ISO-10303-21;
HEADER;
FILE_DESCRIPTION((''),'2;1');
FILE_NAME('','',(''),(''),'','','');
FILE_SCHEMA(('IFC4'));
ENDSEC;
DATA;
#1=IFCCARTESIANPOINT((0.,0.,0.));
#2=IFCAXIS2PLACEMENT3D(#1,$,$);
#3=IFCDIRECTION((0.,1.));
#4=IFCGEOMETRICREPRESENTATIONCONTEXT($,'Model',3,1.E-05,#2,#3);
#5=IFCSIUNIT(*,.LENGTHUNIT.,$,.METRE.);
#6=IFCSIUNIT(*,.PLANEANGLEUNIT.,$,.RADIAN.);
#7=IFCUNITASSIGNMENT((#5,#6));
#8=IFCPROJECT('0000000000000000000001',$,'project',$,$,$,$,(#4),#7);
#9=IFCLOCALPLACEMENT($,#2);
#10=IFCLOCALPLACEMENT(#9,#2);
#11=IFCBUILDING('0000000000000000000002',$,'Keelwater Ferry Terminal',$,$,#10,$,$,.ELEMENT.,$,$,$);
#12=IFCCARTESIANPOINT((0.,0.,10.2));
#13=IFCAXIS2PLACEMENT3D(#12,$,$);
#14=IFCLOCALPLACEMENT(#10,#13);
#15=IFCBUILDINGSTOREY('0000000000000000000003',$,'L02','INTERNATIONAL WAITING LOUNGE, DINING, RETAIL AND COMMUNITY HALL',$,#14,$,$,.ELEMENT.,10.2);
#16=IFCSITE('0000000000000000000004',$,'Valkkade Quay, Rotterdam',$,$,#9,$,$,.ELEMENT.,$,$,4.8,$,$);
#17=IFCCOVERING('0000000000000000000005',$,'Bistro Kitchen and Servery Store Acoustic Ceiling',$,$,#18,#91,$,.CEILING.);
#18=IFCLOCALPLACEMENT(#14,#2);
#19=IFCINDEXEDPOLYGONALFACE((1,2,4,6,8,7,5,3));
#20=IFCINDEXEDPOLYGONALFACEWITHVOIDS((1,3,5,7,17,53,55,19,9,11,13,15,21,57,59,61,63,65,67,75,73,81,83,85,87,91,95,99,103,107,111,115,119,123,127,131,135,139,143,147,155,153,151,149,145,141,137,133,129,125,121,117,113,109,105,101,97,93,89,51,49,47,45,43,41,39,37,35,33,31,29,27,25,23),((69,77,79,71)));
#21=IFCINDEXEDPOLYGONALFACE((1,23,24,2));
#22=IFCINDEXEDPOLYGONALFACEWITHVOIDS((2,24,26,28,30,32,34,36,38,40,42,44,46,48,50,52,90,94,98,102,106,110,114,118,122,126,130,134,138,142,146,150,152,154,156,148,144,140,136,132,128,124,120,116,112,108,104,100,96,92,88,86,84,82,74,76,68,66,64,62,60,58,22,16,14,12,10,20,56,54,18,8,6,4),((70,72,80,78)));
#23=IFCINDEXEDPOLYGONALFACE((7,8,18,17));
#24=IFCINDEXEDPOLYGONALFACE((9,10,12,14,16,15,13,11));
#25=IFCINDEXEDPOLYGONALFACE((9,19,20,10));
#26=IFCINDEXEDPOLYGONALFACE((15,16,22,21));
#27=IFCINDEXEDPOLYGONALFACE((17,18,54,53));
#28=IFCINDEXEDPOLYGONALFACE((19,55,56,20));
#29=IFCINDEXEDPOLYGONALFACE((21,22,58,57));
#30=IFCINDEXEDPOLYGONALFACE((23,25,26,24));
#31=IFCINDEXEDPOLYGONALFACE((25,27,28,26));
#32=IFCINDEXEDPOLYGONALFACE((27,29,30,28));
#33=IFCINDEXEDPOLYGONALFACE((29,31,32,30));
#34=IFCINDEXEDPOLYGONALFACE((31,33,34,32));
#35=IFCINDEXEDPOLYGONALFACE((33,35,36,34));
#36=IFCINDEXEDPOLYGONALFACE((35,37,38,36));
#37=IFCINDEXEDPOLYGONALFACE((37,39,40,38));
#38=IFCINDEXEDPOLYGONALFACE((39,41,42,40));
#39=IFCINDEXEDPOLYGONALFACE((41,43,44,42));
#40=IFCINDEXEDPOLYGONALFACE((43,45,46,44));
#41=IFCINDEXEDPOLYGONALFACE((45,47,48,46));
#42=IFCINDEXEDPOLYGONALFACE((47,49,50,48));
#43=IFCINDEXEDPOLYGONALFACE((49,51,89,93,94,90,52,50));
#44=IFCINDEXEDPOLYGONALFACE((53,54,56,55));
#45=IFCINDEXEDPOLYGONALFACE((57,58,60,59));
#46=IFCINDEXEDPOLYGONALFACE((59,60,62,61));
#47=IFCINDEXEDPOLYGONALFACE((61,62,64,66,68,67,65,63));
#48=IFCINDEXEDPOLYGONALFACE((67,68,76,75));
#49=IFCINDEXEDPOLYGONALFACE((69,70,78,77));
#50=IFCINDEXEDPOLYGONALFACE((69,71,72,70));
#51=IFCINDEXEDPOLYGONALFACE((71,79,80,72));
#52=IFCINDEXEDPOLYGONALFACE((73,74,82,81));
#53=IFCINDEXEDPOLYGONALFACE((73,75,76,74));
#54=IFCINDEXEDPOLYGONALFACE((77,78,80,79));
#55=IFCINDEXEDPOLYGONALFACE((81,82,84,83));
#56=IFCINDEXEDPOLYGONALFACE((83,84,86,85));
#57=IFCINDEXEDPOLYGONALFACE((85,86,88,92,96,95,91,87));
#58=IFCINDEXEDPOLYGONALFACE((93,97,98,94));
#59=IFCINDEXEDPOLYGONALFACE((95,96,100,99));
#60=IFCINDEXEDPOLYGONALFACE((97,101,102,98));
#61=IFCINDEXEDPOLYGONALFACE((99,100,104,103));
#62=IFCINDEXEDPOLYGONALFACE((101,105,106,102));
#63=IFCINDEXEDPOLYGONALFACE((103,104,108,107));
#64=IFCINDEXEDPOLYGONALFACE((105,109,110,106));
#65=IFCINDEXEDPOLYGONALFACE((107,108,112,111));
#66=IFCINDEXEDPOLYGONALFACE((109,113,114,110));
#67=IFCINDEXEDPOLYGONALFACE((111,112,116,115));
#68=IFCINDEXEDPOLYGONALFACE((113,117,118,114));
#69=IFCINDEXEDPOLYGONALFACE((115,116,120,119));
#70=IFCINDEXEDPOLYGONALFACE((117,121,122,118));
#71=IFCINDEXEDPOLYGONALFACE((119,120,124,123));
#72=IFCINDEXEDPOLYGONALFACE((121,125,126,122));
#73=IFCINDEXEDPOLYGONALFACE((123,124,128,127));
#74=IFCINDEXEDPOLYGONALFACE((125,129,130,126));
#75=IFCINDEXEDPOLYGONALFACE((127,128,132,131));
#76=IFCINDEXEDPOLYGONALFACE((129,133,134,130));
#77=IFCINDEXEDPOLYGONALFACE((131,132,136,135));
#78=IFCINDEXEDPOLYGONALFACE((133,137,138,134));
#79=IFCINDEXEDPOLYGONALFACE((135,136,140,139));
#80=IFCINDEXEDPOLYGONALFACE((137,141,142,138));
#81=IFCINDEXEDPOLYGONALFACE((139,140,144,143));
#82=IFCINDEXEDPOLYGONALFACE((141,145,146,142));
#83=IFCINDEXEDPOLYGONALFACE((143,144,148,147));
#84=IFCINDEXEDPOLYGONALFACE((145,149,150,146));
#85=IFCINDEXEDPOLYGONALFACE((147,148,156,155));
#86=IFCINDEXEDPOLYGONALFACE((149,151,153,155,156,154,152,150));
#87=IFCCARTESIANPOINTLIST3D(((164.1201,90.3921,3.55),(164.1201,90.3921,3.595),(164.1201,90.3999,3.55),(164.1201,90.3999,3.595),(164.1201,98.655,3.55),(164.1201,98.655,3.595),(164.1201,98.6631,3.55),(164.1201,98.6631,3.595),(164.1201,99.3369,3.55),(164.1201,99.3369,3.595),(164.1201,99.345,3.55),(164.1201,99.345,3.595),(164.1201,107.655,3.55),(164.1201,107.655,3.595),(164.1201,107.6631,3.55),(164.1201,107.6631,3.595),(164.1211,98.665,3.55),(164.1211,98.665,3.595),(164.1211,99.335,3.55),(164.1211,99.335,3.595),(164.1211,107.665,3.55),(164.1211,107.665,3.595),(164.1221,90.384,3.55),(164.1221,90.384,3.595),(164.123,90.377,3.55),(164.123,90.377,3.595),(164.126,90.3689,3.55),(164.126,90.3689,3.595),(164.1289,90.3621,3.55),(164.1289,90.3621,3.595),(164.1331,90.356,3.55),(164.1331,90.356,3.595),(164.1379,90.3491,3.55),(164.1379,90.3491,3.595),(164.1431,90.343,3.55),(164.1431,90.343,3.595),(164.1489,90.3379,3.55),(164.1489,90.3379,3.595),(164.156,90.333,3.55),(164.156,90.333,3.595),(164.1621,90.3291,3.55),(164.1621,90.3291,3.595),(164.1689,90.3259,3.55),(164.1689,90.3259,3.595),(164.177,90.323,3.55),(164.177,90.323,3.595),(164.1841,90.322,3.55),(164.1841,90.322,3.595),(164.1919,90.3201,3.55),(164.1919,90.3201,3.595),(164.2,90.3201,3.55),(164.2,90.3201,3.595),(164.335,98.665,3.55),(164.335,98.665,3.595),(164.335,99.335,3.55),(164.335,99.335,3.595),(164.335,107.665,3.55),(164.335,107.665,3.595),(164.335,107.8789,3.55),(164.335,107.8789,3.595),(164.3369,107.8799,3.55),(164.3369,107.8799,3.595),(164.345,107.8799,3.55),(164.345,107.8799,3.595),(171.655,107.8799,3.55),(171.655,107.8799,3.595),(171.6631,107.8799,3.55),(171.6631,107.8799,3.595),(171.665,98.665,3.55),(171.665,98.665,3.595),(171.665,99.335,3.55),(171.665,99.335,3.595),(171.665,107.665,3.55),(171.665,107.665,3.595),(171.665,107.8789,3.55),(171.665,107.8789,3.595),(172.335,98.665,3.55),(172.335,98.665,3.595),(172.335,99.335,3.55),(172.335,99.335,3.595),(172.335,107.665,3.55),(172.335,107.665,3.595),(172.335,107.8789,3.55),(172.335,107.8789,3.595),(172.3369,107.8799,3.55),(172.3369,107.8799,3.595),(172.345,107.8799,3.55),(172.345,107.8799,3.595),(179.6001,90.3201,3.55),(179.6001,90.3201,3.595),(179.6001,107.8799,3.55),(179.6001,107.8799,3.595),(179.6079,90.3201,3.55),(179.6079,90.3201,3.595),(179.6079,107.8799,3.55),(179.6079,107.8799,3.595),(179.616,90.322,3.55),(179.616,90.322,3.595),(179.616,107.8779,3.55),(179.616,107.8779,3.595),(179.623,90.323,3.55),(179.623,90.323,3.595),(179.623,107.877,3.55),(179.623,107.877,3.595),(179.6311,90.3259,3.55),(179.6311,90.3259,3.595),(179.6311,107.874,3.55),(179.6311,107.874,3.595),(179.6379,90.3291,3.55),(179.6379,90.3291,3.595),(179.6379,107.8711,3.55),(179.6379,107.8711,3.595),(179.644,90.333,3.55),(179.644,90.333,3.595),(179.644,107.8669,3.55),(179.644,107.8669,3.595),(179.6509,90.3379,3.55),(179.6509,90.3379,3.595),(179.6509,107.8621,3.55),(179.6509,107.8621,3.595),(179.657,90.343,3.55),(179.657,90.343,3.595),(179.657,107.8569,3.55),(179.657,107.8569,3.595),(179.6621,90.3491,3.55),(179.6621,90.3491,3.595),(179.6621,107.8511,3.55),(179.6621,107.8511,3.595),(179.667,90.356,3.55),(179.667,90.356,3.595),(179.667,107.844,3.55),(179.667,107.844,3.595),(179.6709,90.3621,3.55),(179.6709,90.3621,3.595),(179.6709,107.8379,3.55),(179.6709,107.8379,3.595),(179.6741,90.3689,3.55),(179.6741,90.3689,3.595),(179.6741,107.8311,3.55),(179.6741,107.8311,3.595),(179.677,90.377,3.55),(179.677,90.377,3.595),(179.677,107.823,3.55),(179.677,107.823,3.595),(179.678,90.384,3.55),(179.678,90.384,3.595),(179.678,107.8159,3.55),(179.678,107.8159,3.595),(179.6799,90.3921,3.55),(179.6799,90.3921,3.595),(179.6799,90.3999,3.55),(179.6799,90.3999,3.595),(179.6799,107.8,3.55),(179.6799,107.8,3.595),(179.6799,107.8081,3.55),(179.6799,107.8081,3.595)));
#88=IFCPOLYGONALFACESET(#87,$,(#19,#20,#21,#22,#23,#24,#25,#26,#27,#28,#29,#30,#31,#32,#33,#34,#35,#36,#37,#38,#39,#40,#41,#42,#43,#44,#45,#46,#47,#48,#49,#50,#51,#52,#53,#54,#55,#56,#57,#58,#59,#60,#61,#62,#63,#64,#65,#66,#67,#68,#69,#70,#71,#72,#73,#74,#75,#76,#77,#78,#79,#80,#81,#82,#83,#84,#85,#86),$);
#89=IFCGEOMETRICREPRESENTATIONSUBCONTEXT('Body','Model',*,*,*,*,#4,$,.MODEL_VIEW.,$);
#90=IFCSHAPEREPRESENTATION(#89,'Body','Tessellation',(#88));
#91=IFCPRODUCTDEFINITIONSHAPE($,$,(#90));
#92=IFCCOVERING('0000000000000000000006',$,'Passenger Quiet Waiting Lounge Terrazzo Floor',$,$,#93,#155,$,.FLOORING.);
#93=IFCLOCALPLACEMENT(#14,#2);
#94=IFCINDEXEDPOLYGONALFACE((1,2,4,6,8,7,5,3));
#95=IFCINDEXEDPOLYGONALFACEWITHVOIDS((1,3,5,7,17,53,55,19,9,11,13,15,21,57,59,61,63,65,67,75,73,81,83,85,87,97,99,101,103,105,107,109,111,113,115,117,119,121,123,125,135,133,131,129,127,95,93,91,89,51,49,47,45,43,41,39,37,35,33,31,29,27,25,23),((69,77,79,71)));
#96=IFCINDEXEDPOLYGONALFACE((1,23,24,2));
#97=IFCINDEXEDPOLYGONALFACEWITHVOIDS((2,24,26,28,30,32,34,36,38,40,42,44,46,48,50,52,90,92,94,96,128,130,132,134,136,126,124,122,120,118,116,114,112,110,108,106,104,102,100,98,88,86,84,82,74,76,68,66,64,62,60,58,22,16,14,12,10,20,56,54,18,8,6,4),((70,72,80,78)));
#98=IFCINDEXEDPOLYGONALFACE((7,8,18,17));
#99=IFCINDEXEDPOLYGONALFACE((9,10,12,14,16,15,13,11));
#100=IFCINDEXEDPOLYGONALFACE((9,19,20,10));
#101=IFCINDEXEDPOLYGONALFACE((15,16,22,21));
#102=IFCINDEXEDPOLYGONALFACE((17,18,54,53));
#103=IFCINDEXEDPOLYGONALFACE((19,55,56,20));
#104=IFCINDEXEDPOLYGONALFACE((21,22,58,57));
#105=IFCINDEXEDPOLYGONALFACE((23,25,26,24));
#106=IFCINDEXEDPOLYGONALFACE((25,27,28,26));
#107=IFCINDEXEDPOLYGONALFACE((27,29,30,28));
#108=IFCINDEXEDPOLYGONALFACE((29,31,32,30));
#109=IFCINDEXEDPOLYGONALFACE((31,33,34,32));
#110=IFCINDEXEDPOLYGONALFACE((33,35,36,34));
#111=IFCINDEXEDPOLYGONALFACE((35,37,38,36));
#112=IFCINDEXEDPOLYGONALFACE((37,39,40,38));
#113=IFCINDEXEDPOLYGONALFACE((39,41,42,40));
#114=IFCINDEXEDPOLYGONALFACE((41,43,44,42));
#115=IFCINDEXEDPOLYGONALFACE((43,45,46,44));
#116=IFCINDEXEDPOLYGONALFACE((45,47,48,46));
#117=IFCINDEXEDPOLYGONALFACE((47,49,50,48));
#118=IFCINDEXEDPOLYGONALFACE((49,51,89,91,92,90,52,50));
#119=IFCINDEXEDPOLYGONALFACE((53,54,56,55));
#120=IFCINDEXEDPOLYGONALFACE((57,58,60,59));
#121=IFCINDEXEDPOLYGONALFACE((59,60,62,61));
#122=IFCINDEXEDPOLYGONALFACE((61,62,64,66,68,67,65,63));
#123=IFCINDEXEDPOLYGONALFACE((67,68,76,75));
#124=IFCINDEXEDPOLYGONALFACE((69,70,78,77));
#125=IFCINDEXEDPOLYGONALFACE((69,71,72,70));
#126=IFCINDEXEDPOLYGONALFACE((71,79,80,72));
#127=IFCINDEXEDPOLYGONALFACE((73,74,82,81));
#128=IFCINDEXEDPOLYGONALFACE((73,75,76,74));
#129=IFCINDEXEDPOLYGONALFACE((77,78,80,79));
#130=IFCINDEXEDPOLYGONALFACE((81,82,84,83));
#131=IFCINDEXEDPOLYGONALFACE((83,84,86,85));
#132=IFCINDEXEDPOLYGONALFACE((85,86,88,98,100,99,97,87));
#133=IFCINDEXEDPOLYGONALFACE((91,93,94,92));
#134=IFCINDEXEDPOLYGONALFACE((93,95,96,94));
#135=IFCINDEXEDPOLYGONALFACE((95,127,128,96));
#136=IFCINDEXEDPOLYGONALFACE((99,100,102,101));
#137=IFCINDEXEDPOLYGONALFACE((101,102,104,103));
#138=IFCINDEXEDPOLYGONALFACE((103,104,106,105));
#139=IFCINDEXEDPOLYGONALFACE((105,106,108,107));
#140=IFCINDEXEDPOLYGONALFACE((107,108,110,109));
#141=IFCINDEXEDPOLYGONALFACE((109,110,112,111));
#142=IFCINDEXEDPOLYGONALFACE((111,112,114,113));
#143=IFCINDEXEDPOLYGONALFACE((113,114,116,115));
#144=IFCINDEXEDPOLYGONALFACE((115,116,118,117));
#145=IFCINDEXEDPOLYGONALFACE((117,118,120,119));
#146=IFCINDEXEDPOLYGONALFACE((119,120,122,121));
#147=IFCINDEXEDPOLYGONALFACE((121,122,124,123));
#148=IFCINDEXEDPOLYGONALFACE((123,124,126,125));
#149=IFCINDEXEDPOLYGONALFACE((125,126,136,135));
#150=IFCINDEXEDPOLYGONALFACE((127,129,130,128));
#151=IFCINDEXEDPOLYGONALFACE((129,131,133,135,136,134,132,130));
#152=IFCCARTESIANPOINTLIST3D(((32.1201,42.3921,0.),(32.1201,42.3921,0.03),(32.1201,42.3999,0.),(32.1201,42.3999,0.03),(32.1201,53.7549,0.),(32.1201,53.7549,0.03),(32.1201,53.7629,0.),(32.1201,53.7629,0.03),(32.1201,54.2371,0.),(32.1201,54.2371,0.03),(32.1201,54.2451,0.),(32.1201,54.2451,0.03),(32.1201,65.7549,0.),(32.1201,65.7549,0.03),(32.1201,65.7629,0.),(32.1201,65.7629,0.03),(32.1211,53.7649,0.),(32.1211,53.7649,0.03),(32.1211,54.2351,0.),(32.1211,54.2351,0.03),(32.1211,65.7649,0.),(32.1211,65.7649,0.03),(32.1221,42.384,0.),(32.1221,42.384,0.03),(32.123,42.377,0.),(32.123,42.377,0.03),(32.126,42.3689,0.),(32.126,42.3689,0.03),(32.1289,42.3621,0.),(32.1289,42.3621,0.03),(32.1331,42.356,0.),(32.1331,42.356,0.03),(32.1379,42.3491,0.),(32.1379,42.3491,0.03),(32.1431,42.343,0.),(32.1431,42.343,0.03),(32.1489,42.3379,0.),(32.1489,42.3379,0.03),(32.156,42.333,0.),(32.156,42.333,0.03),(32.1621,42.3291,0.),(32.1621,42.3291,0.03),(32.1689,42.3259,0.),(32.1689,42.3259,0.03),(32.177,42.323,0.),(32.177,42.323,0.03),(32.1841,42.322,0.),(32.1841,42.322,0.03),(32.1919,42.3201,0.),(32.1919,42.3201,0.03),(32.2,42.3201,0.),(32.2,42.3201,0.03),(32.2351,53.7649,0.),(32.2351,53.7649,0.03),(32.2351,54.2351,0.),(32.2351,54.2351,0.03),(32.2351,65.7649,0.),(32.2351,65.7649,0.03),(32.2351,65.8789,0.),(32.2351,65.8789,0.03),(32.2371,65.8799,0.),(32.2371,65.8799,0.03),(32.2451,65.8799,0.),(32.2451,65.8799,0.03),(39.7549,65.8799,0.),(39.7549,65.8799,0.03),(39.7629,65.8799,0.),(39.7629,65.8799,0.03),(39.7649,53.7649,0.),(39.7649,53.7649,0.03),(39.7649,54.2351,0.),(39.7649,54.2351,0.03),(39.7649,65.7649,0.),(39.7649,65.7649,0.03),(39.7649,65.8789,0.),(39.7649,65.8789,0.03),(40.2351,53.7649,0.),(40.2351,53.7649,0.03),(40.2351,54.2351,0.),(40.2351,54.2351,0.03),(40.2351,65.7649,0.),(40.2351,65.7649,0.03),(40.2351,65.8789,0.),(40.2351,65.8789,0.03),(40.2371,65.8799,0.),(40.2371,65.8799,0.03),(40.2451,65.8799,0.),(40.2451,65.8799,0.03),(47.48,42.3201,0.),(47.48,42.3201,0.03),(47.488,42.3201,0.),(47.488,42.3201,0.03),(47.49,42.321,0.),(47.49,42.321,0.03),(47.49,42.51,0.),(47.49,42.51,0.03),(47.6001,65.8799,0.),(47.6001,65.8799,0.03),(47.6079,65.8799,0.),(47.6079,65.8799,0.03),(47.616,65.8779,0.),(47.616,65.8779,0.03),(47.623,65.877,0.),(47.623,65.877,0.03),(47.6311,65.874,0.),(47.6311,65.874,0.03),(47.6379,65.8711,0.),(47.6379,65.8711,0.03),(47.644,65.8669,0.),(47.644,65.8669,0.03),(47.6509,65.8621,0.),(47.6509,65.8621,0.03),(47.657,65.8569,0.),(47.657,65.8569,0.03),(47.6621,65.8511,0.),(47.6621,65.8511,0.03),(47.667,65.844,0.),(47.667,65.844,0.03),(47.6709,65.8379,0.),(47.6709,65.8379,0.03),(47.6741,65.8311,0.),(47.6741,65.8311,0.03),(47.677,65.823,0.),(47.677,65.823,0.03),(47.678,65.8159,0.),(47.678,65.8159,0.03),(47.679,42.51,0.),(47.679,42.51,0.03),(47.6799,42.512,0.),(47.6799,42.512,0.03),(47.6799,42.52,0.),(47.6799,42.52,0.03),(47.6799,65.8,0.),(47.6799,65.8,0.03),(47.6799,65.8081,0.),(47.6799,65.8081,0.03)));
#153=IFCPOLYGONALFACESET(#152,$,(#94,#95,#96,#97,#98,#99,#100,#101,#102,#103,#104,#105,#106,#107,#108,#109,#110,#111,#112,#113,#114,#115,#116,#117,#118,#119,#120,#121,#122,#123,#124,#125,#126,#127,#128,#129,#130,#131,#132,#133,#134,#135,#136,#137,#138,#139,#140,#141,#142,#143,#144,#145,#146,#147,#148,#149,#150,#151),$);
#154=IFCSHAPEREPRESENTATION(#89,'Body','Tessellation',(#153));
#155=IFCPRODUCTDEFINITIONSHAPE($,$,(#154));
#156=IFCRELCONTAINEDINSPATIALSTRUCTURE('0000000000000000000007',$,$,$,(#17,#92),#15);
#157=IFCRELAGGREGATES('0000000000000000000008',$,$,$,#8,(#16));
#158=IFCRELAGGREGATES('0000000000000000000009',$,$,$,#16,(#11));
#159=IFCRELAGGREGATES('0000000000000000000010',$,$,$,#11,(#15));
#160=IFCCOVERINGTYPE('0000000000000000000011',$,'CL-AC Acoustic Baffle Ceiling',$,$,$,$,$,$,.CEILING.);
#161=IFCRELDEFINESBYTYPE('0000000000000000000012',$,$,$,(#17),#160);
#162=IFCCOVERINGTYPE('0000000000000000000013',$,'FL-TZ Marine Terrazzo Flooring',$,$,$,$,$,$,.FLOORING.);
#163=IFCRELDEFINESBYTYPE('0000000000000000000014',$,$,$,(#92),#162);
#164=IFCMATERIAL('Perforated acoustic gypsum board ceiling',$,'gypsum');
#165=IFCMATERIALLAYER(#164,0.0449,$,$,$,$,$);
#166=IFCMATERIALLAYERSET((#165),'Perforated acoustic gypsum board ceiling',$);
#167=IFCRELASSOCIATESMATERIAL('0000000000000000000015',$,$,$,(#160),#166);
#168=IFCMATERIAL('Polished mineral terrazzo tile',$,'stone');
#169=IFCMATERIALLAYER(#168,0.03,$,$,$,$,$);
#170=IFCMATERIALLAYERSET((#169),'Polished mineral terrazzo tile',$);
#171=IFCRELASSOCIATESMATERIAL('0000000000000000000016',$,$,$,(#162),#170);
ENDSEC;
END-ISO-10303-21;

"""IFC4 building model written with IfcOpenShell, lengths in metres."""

from ifc_helpers import new_model, si_unit, direction, frame, origin, place, context, subcontext, project, spatial, polyline, outline, extrude, material, layer, layer_set, type_object, element, save


model = new_model("IFC4")

# Units and contexts
model_context = context("Model", 3, precision=1e-05, world=origin(), true_north=direction((0.0, 1.0)))
body_context = subcontext(model_context, "Body", "Model", "MODEL_VIEW")
ifc_project = project(units=[si_unit("LENGTHUNIT", "METRE"), si_unit("PLANEANGLEUNIT", "RADIAN")], contexts=[model_context])

# Site, building, storey
site_placement = place(None, origin())
site = spatial("IfcSite", under=ifc_project, at=site_placement, Name="Valkkade Quay, Rotterdam", CompositionType="ELEMENT", RefElevation=4.8)
building_placement = place(site_placement, origin())
building = spatial("IfcBuilding", under=site, at=building_placement, Name="Keelwater Ferry Terminal", CompositionType="ELEMENT")
storey_placement = place(building_placement, frame((0.0, 0.0, 10.2)))
storey = spatial("IfcBuildingStorey", under=building, at=storey_placement, Name="L02", Description="INTERNATIONAL WAITING LOUNGE, DINING, RETAIL AND COMMUNITY HALL", CompositionType="ELEMENT", Elevation=10.2)

# Coverings
ifc_material_1 = material(Name="Perforated acoustic gypsum board ceiling", Category="gypsum")
ifc_layer_1 = layer(ifc_material_1, 0.0449)
ifc_layer_set_1 = layer_set([ifc_layer_1], Name="Perforated acoustic gypsum board ceiling")
covering_type_1 = type_object("IfcCoveringType", Name="CL-AC Acoustic Baffle Ceiling", PredefinedType="CEILING", material=ifc_layer_set_1)
covering_1_placement = place(storey_placement, frame((0.0, 0.0, 3.55)))
element("IfcCovering", 1, at=covering_1_placement, inside=storey, type_object=covering_type_1, Name="Bistro Kitchen and Servery Store Acoustic Ceiling", PredefinedType="CEILING", context=body_context, shape_type="SweptSolid", body=[
    extrude(outline(polyline([(171.665, 107.8789), (171.665, 107.665), (172.335, 107.665), (172.335, 107.8789), (172.3369, 107.8799), (172.345, 107.8799), (179.6001, 107.8799), (179.6079, 107.8799), (179.616, 107.8779), (179.623, 107.877), (179.6311, 107.874), (179.6379, 107.8711), (179.644, 107.8669), (179.6509, 107.8621), (179.657, 107.8569), (179.6621, 107.8511), (179.667, 107.844), (179.6709, 107.8379), (179.6741, 107.8311), (179.677, 107.823), (179.678, 107.8159), (179.6799, 107.8081), (179.6799, 107.8), (179.6799, 90.3999), (179.6799, 90.3921), (179.678, 90.384), (179.677, 90.377), (179.6741, 90.3689), (179.6709, 90.3621), (179.667, 90.356), (179.6621, 90.3491), (179.657, 90.343), (179.6509, 90.3379), (179.644, 90.333), (179.6379, 90.3291), (179.6311, 90.3259), (179.623, 90.323), (179.616, 90.322), (179.6079, 90.3201), (179.6001, 90.3201), (164.2, 90.3201), (164.1919, 90.3201), (164.1841, 90.322), (164.177, 90.323), (164.1689, 90.3259), (164.1621, 90.3291), (164.156, 90.333), (164.1489, 90.3379), (164.1431, 90.343), (164.1379, 90.3491), (164.1331, 90.356), (164.1289, 90.3621), (164.126, 90.3689), (164.123, 90.377), (164.1221, 90.384), (164.1201, 90.3921), (164.1201, 90.3999), (164.1201, 98.655), (164.1201, 98.6631), (164.1211, 98.665), (164.335, 98.665), (164.335, 99.335), (164.1211, 99.335), (164.1201, 99.3369), (164.1201, 99.345), (164.1201, 107.655), (164.1201, 107.6631), (164.1211, 107.665), (164.335, 107.665), (164.335, 107.8789), (164.3369, 107.8799), (164.345, 107.8799), (171.655, 107.8799), (171.6631, 107.8799), (171.665, 107.8789)]), holes=[polyline([(171.665, 99.335), (171.665, 98.665), (172.335, 98.665), (172.335, 99.335), (171.665, 99.335)])]), origin(), (0.0, 0.0, 1.0), 0.0449),
])
ifc_material_2 = material(Name="Polished mineral terrazzo tile", Category="stone")
ifc_layer_2 = layer(ifc_material_2, 0.03)
ifc_layer_set_2 = layer_set([ifc_layer_2], Name="Polished mineral terrazzo tile")
covering_type_2 = type_object("IfcCoveringType", Name="FL-TZ Marine Terrazzo Flooring", PredefinedType="FLOORING", material=ifc_layer_set_2)
covering_2_placement = place(storey_placement, origin())
element("IfcCovering", 2, at=covering_2_placement, inside=storey, type_object=covering_type_2, Name="Passenger Quiet Waiting Lounge Terrazzo Floor", PredefinedType="FLOORING", context=body_context, shape_type="SweptSolid", body=[
    extrude(outline(polyline([(32.1201, 54.2371), (32.1201, 54.2451), (32.1201, 65.7549), (32.1201, 65.7629), (32.1211, 65.7649), (32.2351, 65.7649), (32.2351, 65.8789), (32.2371, 65.8799), (32.2451, 65.8799), (39.7549, 65.8799), (39.7629, 65.8799), (39.7649, 65.8789), (39.7649, 65.7649), (40.2351, 65.7649), (40.2351, 65.8789), (40.2371, 65.8799), (40.2451, 65.8799), (47.6001, 65.8799), (47.6079, 65.8799), (47.616, 65.8779), (47.623, 65.877), (47.6311, 65.874), (47.6379, 65.8711), (47.644, 65.8669), (47.6509, 65.8621), (47.657, 65.8569), (47.6621, 65.8511), (47.667, 65.844), (47.6709, 65.8379), (47.6741, 65.8311), (47.677, 65.823), (47.678, 65.8159), (47.6799, 65.8081), (47.6799, 65.8), (47.6799, 42.52), (47.6799, 42.512), (47.679, 42.51), (47.49, 42.51), (47.49, 42.321), (47.488, 42.3201), (47.48, 42.3201), (32.2, 42.3201), (32.1919, 42.3201), (32.1841, 42.322), (32.177, 42.323), (32.1689, 42.3259), (32.1621, 42.3291), (32.156, 42.333), (32.1489, 42.3379), (32.1431, 42.343), (32.1379, 42.3491), (32.1331, 42.356), (32.1289, 42.3621), (32.126, 42.3689), (32.123, 42.377), (32.1221, 42.384), (32.1201, 42.3921), (32.1201, 42.3999), (32.1201, 53.7549), (32.1201, 53.7629), (32.1211, 53.7649), (32.2351, 53.7649), (32.2351, 54.2351), (32.1211, 54.2351), (32.1201, 54.2371)]), holes=[polyline([(39.7649, 54.2351), (39.7649, 53.7649), (40.2351, 53.7649), (40.2351, 54.2351), (39.7649, 54.2351)])]), origin(), (0.0, 0.0, 1.0), 0.03),
])

save(model, "model.ifc")
